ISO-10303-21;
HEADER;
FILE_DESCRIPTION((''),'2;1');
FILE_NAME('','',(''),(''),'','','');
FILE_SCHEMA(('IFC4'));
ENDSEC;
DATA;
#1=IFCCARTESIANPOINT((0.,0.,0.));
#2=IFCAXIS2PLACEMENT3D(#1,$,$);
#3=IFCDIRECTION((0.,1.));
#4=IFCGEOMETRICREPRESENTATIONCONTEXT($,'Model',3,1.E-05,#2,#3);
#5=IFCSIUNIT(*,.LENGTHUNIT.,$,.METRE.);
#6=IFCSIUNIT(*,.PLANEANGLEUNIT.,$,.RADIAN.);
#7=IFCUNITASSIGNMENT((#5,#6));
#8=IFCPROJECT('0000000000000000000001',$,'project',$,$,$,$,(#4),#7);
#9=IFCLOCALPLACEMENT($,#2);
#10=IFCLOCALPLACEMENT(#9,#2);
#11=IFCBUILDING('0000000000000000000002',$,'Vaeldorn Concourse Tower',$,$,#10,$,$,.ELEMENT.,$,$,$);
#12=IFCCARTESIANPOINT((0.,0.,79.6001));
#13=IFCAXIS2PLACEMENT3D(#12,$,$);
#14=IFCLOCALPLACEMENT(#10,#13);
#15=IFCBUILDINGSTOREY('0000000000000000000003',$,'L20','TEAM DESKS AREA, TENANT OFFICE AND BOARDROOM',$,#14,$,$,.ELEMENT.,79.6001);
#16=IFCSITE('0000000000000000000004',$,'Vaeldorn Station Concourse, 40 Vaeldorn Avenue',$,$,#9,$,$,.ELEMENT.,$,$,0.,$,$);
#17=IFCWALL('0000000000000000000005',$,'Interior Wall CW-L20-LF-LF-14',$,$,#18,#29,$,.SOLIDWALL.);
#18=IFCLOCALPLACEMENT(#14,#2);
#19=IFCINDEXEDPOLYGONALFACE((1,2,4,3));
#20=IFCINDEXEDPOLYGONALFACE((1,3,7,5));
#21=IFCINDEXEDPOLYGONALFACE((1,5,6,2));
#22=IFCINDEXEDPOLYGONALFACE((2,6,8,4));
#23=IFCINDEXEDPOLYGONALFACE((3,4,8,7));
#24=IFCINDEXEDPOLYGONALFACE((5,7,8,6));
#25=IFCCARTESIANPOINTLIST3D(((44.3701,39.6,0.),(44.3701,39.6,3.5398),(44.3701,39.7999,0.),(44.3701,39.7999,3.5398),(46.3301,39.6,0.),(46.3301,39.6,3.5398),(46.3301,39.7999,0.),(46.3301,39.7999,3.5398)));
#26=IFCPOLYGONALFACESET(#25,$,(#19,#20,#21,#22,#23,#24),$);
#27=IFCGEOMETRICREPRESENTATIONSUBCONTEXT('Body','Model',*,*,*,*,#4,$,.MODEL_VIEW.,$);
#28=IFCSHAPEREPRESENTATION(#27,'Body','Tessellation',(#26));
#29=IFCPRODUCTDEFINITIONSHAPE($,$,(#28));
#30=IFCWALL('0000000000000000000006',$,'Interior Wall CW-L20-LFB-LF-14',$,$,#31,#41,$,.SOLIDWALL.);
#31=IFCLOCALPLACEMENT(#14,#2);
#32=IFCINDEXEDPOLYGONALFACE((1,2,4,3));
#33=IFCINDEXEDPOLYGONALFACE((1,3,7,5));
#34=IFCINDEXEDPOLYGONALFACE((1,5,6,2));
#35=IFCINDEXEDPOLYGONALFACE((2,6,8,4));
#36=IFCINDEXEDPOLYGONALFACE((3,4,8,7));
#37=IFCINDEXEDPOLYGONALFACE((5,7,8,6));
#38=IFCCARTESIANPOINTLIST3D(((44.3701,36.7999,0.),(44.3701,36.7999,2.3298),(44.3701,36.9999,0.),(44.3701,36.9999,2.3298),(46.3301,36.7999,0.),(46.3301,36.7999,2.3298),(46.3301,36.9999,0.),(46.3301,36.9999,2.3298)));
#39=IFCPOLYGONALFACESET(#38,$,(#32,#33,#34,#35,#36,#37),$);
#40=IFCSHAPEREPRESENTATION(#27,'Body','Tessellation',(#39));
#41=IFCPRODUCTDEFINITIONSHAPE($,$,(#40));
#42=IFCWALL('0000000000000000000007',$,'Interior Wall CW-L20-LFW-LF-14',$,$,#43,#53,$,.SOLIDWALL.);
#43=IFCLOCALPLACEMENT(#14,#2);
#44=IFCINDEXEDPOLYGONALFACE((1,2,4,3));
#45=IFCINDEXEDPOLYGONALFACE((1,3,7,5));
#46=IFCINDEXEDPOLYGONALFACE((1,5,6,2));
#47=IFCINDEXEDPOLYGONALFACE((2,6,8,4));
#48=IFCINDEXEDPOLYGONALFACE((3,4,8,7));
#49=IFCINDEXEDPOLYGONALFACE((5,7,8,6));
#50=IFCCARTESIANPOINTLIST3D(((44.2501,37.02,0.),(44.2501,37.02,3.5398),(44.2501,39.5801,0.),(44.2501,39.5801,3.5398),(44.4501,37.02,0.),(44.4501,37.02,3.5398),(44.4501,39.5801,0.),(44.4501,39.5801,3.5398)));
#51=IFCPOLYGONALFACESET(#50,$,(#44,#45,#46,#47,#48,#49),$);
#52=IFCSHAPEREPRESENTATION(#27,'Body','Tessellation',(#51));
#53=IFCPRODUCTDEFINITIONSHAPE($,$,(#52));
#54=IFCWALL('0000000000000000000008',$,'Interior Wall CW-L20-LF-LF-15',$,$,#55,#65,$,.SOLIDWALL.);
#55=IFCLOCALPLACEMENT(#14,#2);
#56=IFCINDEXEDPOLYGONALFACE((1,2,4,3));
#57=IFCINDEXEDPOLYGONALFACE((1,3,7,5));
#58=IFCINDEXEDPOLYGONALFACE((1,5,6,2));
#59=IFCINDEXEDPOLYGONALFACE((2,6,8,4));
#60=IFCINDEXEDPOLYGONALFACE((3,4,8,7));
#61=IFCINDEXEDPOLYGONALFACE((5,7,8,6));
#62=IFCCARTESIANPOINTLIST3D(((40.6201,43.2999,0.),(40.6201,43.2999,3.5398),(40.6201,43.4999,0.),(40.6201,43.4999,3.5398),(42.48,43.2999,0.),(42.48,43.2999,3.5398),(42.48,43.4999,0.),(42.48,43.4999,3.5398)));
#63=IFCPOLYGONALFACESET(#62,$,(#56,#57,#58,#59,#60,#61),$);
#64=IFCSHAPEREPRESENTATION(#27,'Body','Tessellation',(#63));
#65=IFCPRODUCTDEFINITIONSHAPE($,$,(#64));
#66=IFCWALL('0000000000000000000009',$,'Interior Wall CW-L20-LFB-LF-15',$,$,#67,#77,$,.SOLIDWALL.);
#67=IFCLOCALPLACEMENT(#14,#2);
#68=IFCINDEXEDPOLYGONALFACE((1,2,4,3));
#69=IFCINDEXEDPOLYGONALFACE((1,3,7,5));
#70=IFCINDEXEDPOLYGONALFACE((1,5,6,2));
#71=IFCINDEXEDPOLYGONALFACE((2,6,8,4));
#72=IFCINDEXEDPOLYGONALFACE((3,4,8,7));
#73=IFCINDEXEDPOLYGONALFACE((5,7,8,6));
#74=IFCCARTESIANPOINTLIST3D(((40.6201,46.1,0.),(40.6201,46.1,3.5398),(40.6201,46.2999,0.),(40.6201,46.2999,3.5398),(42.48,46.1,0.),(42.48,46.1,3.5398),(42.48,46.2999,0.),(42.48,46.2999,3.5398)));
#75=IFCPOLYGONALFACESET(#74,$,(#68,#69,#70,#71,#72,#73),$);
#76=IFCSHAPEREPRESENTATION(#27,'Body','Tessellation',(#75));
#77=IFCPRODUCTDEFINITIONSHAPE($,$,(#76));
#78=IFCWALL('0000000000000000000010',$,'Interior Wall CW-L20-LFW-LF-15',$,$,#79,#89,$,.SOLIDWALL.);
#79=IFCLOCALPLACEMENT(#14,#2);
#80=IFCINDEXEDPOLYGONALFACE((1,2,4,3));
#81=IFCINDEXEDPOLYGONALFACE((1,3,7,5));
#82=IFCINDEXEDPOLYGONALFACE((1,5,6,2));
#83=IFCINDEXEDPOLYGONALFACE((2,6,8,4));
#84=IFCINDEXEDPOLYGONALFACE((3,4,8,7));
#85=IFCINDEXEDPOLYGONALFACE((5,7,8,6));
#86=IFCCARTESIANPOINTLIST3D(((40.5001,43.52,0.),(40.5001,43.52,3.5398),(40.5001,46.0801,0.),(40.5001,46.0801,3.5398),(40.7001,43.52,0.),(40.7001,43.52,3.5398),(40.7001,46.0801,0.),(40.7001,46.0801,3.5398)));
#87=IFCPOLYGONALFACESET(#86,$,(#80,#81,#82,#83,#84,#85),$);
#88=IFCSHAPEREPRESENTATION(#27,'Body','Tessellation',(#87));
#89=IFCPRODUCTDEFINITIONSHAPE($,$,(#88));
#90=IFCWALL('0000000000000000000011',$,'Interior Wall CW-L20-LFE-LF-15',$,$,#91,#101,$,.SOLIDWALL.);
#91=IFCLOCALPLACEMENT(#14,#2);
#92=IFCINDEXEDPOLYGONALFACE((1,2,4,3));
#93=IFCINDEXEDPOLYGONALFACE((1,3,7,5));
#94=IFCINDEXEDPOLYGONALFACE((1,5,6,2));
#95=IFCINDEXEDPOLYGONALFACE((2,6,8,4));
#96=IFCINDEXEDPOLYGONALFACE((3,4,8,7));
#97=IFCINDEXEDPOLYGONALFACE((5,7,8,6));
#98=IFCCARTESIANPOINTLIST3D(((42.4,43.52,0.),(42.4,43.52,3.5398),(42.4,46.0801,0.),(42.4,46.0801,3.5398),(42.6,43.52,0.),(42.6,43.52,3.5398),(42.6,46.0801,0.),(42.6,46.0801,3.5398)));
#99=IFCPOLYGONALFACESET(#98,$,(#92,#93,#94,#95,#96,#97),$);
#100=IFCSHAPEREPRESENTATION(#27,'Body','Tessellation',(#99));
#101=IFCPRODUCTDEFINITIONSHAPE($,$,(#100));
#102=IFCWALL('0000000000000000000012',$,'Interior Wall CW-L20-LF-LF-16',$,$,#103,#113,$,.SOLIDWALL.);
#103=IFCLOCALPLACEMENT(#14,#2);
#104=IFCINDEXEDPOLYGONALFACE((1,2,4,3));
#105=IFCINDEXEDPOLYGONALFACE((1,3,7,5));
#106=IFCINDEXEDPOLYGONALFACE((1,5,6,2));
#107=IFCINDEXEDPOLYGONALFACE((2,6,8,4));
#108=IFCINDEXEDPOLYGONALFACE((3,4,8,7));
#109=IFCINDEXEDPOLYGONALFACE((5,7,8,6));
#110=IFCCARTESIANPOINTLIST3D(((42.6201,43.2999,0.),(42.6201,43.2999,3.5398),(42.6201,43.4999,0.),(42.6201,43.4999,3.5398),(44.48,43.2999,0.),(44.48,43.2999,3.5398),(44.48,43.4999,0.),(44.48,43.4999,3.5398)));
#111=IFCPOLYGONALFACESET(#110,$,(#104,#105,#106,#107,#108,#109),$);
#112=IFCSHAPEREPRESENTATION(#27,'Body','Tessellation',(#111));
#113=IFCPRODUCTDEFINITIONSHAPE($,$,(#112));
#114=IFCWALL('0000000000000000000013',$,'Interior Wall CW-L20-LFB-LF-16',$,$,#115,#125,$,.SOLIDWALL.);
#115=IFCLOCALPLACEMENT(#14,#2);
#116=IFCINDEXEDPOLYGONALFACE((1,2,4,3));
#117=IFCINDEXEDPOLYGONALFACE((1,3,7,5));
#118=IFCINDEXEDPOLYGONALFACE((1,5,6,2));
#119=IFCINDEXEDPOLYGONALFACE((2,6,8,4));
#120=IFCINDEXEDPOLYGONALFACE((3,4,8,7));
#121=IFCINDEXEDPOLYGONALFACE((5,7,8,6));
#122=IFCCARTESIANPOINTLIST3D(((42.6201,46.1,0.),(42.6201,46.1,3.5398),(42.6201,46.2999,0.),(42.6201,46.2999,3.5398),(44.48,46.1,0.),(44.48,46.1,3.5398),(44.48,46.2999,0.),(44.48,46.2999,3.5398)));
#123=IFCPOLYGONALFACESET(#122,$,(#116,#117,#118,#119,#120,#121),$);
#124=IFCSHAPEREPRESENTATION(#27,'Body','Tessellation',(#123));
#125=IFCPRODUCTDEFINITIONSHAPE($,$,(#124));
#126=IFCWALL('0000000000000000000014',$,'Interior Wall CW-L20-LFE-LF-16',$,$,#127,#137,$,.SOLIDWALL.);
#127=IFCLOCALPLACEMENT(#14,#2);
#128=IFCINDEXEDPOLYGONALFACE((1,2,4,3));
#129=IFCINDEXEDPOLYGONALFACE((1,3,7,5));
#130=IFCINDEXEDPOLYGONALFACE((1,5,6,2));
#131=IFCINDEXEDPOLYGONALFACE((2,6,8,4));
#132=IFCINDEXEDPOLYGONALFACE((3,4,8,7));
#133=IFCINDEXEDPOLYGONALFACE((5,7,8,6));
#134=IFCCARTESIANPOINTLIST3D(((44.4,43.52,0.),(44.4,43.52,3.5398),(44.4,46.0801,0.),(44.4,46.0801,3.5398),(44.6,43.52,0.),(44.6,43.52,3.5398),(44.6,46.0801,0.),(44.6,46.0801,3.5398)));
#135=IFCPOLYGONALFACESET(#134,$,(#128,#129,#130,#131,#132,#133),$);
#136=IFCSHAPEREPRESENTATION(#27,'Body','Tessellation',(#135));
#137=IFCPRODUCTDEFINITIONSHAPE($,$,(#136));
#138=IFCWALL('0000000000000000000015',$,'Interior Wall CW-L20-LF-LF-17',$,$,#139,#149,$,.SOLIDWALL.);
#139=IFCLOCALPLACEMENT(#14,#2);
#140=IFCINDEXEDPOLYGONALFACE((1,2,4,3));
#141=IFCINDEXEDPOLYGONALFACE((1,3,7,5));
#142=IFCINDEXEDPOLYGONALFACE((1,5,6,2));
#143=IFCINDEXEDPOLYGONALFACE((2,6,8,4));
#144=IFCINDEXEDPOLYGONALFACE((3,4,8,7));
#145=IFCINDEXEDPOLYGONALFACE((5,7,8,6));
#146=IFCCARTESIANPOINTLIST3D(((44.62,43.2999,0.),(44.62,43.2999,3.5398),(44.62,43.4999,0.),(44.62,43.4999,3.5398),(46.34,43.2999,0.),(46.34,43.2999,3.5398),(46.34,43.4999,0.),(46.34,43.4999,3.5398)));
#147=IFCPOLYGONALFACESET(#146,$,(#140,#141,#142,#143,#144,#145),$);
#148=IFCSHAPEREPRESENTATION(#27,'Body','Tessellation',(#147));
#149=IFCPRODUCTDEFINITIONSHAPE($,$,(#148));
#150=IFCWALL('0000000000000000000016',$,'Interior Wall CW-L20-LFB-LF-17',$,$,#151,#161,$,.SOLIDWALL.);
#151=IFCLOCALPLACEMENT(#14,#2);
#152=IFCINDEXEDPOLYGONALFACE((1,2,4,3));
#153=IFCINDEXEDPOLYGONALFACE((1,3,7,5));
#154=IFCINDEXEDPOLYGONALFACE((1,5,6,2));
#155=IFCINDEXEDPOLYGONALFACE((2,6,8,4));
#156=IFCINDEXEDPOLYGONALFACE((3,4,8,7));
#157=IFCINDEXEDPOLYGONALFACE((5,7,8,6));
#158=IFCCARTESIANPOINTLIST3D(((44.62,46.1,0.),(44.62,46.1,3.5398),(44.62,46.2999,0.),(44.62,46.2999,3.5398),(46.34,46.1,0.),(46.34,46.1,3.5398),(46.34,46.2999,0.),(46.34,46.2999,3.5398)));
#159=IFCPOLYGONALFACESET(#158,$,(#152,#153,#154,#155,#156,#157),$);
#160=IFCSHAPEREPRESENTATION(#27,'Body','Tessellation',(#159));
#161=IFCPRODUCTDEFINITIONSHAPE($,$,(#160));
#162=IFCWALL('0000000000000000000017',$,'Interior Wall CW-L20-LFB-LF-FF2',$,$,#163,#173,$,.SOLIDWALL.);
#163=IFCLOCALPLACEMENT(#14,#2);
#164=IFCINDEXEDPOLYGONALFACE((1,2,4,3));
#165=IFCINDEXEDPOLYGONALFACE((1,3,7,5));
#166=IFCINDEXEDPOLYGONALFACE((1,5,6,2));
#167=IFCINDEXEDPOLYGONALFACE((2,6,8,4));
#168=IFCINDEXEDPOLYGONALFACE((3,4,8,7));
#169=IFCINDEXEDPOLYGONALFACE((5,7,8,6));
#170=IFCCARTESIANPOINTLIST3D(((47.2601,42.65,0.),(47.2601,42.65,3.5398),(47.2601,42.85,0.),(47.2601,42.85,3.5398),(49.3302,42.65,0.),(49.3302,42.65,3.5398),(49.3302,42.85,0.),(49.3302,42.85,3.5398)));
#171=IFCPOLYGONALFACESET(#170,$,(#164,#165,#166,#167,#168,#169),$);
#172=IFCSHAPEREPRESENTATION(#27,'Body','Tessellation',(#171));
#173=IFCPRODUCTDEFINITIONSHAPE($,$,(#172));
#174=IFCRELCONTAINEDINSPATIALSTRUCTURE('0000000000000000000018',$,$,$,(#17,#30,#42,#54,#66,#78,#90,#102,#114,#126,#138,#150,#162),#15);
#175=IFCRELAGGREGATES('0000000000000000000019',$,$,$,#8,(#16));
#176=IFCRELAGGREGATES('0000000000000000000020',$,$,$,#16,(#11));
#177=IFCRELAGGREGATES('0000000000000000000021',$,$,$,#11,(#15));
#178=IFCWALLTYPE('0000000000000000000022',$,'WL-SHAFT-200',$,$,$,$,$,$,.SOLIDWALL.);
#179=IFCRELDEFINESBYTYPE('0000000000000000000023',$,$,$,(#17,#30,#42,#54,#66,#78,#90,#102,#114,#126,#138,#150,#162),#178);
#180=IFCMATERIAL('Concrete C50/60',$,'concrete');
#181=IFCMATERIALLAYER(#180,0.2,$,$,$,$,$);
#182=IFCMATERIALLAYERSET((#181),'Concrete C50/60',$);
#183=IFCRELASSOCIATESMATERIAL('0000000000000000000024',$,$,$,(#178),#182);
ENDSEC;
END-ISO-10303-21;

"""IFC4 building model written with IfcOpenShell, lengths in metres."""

from ifc_helpers import new_model, si_unit, direction, frame, frame_2d, origin, place, context, subcontext, project, spatial, rectangle, extrude, material, layer, layer_set, type_object, element, save


model = new_model("IFC4")

# Units and contexts
model_context = context("Model", 3, precision=1e-05, world=origin(), true_north=direction((0.0, 1.0)))
body_context = subcontext(model_context, "Body", "Model", "MODEL_VIEW")
ifc_project = project(units=[si_unit("LENGTHUNIT", "METRE"), si_unit("PLANEANGLEUNIT", "RADIAN")], contexts=[model_context])

# Site, building, storey
site_placement = place(None, origin())
site = spatial("IfcSite", under=ifc_project, at=site_placement, Name="Vaeldorn Station Concourse, 40 Vaeldorn Avenue", CompositionType="ELEMENT", RefElevation=0.0)
building_placement = place(site_placement, origin())
building = spatial("IfcBuilding", under=site, at=building_placement, Name="Vaeldorn Concourse Tower", CompositionType="ELEMENT")
storey_placement = place(building_placement, frame((0.0, 0.0, 79.6001)))
storey = spatial("IfcBuildingStorey", under=building, at=storey_placement, Name="L20", Description="TEAM DESKS AREA, TENANT OFFICE AND BOARDROOM", CompositionType="ELEMENT", Elevation=79.6001)

# Shared definitions
ifc_material_1 = material(Name="Concrete C50/60", Category="concrete")
ifc_layer_1 = layer(ifc_material_1, 0.2)
ifc_layer_set_1 = layer_set([ifc_layer_1], Name="Concrete C50/60")
wall_type_1 = type_object("IfcWallType", Name="WL-SHAFT-200", PredefinedType="SOLIDWALL", material=ifc_layer_set_1)

# Walls
wall_1_placement = place(storey_placement, frame((44.3701, 39.7, 0.0), z_axis=(0.0, 0.0, 1.0), x_axis=(1.0, 0.0, 0.0)))
element("IfcWall", 1, at=wall_1_placement, inside=storey, type_object=wall_type_1, Name="Interior Wall CW-L20-LF-LF-14", PredefinedType="SOLIDWALL", context=body_context, shape_type="SweptSolid", body=[
    extrude(rectangle(XDim=1.96, YDim=0.2, at=frame_2d((0.98, 0.0))), origin(), (0.0, 0.0, 1.0), 3.5398),
])
wall_2_placement = place(storey_placement, frame((44.3701, 36.8999, 0.0), z_axis=(0.0, 0.0, 1.0), x_axis=(1.0, 0.0, 0.0)))
element("IfcWall", 2, at=wall_2_placement, inside=storey, type_object=wall_type_1, Name="Interior Wall CW-L20-LFB-LF-14", PredefinedType="SOLIDWALL", context=body_context, shape_type="SweptSolid", body=[
    extrude(rectangle(XDim=1.96, YDim=0.2, at=frame_2d((0.98, 0.0))), origin(), (0.0, 0.0, 1.0), 2.3298),
])
wall_3_placement = place(storey_placement, frame((44.3501, 37.02, 0.0), z_axis=(0.0, 0.0, 1.0), x_axis=(0.0, 1.0, 0.0)))
element("IfcWall", 3, at=wall_3_placement, inside=storey, type_object=wall_type_1, Name="Interior Wall CW-L20-LFW-LF-14", PredefinedType="SOLIDWALL", context=body_context, shape_type="SweptSolid", body=[
    extrude(rectangle(XDim=2.5601, YDim=0.2, at=frame_2d((1.28, 0.0))), origin(), (0.0, 0.0, 1.0), 3.5398),
])
for number, where, z_axis, x_axis, name in (
    (4, (40.6201, 43.3999, 0.0), (0.0, 0.0, 1.0), (1.0, 0.0, 0.0), "Interior Wall CW-L20-LF-LF-15"),
    (5, (40.6201, 46.2, 0.0), (0.0, 0.0, 1.0), (1.0, 0.0, 0.0), "Interior Wall CW-L20-LFB-LF-15"),
):
    element("IfcWall", number, at=place(storey_placement, frame(where, z_axis=z_axis, x_axis=x_axis)), inside=storey, type_object=wall_type_1, Name=name, PredefinedType="SOLIDWALL", context=body_context, shape_type="SweptSolid", body=[
        extrude(rectangle(XDim=1.8599, YDim=0.2, at=frame_2d((0.9299, 0.0))), origin(), (0.0, 0.0, 1.0), 3.5398),
    ])
for number, where, z_axis, x_axis, name in (
    (6, (40.6001, 43.52, 0.0), (0.0, 0.0, 1.0), (0.0, 1.0, 0.0), "Interior Wall CW-L20-LFW-LF-15"),
    (7, (42.5, 43.52, 0.0), (0.0, 0.0, 1.0), (0.0, 1.0, 0.0), "Interior Wall CW-L20-LFE-LF-15"),
):
    element("IfcWall", number, at=place(storey_placement, frame(where, z_axis=z_axis, x_axis=x_axis)), inside=storey, type_object=wall_type_1, Name=name, PredefinedType="SOLIDWALL", context=body_context, shape_type="SweptSolid", body=[
        extrude(rectangle(XDim=2.5601, YDim=0.2, at=frame_2d((1.28, 0.0))), origin(), (0.0, 0.0, 1.0), 3.5398),
    ])
for number, where, z_axis, x_axis, name in (
    (8, (42.6201, 43.3999, 0.0), (0.0, 0.0, 1.0), (1.0, 0.0, 0.0), "Interior Wall CW-L20-LF-LF-16"),
    (9, (42.6201, 46.2, 0.0), (0.0, 0.0, 1.0), (1.0, 0.0, 0.0), "Interior Wall CW-L20-LFB-LF-16"),
):
    element("IfcWall", number, at=place(storey_placement, frame(where, z_axis=z_axis, x_axis=x_axis)), inside=storey, type_object=wall_type_1, Name=name, PredefinedType="SOLIDWALL", context=body_context, shape_type="SweptSolid", body=[
        extrude(rectangle(XDim=1.8599, YDim=0.2, at=frame_2d((0.9299, 0.0))), origin(), (0.0, 0.0, 1.0), 3.5398),
    ])
wall_4_placement = place(storey_placement, frame((44.5, 43.52, 0.0), z_axis=(0.0, 0.0, 1.0), x_axis=(0.0, 1.0, 0.0)))
element("IfcWall", 10, at=wall_4_placement, inside=storey, type_object=wall_type_1, Name="Interior Wall CW-L20-LFE-LF-16", PredefinedType="SOLIDWALL", context=body_context, shape_type="SweptSolid", body=[
    extrude(rectangle(XDim=2.5601, YDim=0.2, at=frame_2d((1.28, 0.0))), origin(), (0.0, 0.0, 1.0), 3.5398),
])
for number, where, z_axis, x_axis, name in (
    (11, (44.6201, 43.3999, 0.0), (0.0, 0.0, 1.0), (1.0, 0.0, 0.0), "Interior Wall CW-L20-LF-LF-17"),
    (12, (44.6201, 46.2, 0.0), (0.0, 0.0, 1.0), (1.0, 0.0, 0.0), "Interior Wall CW-L20-LFB-LF-17"),
):
    element("IfcWall", number, at=place(storey_placement, frame(where, z_axis=z_axis, x_axis=x_axis)), inside=storey, type_object=wall_type_1, Name=name, PredefinedType="SOLIDWALL", context=body_context, shape_type="SweptSolid", body=[
        extrude(rectangle(XDim=1.72, YDim=0.2, at=frame_2d((0.8599, 0.0))), origin(), (0.0, 0.0, 1.0), 3.5398),
    ])

# Wall
wall_5_placement = place(storey_placement, frame((47.26, 42.75, 0.0), z_axis=(0.0, 0.0, 1.0), x_axis=(1.0, 0.0, 0.0)))
element("IfcWall", 13, at=wall_5_placement, inside=storey, type_object=wall_type_1, Name="Interior Wall CW-L20-LFB-LF-FF2", PredefinedType="SOLIDWALL", context=body_context, shape_type="SweptSolid", body=[
    extrude(rectangle(XDim=2.0701, YDim=0.2, at=frame_2d((1.0352, 0.0))), origin(), (0.0, 0.0, 1.0), 3.5398),
])

save(model, "model.ifc")
